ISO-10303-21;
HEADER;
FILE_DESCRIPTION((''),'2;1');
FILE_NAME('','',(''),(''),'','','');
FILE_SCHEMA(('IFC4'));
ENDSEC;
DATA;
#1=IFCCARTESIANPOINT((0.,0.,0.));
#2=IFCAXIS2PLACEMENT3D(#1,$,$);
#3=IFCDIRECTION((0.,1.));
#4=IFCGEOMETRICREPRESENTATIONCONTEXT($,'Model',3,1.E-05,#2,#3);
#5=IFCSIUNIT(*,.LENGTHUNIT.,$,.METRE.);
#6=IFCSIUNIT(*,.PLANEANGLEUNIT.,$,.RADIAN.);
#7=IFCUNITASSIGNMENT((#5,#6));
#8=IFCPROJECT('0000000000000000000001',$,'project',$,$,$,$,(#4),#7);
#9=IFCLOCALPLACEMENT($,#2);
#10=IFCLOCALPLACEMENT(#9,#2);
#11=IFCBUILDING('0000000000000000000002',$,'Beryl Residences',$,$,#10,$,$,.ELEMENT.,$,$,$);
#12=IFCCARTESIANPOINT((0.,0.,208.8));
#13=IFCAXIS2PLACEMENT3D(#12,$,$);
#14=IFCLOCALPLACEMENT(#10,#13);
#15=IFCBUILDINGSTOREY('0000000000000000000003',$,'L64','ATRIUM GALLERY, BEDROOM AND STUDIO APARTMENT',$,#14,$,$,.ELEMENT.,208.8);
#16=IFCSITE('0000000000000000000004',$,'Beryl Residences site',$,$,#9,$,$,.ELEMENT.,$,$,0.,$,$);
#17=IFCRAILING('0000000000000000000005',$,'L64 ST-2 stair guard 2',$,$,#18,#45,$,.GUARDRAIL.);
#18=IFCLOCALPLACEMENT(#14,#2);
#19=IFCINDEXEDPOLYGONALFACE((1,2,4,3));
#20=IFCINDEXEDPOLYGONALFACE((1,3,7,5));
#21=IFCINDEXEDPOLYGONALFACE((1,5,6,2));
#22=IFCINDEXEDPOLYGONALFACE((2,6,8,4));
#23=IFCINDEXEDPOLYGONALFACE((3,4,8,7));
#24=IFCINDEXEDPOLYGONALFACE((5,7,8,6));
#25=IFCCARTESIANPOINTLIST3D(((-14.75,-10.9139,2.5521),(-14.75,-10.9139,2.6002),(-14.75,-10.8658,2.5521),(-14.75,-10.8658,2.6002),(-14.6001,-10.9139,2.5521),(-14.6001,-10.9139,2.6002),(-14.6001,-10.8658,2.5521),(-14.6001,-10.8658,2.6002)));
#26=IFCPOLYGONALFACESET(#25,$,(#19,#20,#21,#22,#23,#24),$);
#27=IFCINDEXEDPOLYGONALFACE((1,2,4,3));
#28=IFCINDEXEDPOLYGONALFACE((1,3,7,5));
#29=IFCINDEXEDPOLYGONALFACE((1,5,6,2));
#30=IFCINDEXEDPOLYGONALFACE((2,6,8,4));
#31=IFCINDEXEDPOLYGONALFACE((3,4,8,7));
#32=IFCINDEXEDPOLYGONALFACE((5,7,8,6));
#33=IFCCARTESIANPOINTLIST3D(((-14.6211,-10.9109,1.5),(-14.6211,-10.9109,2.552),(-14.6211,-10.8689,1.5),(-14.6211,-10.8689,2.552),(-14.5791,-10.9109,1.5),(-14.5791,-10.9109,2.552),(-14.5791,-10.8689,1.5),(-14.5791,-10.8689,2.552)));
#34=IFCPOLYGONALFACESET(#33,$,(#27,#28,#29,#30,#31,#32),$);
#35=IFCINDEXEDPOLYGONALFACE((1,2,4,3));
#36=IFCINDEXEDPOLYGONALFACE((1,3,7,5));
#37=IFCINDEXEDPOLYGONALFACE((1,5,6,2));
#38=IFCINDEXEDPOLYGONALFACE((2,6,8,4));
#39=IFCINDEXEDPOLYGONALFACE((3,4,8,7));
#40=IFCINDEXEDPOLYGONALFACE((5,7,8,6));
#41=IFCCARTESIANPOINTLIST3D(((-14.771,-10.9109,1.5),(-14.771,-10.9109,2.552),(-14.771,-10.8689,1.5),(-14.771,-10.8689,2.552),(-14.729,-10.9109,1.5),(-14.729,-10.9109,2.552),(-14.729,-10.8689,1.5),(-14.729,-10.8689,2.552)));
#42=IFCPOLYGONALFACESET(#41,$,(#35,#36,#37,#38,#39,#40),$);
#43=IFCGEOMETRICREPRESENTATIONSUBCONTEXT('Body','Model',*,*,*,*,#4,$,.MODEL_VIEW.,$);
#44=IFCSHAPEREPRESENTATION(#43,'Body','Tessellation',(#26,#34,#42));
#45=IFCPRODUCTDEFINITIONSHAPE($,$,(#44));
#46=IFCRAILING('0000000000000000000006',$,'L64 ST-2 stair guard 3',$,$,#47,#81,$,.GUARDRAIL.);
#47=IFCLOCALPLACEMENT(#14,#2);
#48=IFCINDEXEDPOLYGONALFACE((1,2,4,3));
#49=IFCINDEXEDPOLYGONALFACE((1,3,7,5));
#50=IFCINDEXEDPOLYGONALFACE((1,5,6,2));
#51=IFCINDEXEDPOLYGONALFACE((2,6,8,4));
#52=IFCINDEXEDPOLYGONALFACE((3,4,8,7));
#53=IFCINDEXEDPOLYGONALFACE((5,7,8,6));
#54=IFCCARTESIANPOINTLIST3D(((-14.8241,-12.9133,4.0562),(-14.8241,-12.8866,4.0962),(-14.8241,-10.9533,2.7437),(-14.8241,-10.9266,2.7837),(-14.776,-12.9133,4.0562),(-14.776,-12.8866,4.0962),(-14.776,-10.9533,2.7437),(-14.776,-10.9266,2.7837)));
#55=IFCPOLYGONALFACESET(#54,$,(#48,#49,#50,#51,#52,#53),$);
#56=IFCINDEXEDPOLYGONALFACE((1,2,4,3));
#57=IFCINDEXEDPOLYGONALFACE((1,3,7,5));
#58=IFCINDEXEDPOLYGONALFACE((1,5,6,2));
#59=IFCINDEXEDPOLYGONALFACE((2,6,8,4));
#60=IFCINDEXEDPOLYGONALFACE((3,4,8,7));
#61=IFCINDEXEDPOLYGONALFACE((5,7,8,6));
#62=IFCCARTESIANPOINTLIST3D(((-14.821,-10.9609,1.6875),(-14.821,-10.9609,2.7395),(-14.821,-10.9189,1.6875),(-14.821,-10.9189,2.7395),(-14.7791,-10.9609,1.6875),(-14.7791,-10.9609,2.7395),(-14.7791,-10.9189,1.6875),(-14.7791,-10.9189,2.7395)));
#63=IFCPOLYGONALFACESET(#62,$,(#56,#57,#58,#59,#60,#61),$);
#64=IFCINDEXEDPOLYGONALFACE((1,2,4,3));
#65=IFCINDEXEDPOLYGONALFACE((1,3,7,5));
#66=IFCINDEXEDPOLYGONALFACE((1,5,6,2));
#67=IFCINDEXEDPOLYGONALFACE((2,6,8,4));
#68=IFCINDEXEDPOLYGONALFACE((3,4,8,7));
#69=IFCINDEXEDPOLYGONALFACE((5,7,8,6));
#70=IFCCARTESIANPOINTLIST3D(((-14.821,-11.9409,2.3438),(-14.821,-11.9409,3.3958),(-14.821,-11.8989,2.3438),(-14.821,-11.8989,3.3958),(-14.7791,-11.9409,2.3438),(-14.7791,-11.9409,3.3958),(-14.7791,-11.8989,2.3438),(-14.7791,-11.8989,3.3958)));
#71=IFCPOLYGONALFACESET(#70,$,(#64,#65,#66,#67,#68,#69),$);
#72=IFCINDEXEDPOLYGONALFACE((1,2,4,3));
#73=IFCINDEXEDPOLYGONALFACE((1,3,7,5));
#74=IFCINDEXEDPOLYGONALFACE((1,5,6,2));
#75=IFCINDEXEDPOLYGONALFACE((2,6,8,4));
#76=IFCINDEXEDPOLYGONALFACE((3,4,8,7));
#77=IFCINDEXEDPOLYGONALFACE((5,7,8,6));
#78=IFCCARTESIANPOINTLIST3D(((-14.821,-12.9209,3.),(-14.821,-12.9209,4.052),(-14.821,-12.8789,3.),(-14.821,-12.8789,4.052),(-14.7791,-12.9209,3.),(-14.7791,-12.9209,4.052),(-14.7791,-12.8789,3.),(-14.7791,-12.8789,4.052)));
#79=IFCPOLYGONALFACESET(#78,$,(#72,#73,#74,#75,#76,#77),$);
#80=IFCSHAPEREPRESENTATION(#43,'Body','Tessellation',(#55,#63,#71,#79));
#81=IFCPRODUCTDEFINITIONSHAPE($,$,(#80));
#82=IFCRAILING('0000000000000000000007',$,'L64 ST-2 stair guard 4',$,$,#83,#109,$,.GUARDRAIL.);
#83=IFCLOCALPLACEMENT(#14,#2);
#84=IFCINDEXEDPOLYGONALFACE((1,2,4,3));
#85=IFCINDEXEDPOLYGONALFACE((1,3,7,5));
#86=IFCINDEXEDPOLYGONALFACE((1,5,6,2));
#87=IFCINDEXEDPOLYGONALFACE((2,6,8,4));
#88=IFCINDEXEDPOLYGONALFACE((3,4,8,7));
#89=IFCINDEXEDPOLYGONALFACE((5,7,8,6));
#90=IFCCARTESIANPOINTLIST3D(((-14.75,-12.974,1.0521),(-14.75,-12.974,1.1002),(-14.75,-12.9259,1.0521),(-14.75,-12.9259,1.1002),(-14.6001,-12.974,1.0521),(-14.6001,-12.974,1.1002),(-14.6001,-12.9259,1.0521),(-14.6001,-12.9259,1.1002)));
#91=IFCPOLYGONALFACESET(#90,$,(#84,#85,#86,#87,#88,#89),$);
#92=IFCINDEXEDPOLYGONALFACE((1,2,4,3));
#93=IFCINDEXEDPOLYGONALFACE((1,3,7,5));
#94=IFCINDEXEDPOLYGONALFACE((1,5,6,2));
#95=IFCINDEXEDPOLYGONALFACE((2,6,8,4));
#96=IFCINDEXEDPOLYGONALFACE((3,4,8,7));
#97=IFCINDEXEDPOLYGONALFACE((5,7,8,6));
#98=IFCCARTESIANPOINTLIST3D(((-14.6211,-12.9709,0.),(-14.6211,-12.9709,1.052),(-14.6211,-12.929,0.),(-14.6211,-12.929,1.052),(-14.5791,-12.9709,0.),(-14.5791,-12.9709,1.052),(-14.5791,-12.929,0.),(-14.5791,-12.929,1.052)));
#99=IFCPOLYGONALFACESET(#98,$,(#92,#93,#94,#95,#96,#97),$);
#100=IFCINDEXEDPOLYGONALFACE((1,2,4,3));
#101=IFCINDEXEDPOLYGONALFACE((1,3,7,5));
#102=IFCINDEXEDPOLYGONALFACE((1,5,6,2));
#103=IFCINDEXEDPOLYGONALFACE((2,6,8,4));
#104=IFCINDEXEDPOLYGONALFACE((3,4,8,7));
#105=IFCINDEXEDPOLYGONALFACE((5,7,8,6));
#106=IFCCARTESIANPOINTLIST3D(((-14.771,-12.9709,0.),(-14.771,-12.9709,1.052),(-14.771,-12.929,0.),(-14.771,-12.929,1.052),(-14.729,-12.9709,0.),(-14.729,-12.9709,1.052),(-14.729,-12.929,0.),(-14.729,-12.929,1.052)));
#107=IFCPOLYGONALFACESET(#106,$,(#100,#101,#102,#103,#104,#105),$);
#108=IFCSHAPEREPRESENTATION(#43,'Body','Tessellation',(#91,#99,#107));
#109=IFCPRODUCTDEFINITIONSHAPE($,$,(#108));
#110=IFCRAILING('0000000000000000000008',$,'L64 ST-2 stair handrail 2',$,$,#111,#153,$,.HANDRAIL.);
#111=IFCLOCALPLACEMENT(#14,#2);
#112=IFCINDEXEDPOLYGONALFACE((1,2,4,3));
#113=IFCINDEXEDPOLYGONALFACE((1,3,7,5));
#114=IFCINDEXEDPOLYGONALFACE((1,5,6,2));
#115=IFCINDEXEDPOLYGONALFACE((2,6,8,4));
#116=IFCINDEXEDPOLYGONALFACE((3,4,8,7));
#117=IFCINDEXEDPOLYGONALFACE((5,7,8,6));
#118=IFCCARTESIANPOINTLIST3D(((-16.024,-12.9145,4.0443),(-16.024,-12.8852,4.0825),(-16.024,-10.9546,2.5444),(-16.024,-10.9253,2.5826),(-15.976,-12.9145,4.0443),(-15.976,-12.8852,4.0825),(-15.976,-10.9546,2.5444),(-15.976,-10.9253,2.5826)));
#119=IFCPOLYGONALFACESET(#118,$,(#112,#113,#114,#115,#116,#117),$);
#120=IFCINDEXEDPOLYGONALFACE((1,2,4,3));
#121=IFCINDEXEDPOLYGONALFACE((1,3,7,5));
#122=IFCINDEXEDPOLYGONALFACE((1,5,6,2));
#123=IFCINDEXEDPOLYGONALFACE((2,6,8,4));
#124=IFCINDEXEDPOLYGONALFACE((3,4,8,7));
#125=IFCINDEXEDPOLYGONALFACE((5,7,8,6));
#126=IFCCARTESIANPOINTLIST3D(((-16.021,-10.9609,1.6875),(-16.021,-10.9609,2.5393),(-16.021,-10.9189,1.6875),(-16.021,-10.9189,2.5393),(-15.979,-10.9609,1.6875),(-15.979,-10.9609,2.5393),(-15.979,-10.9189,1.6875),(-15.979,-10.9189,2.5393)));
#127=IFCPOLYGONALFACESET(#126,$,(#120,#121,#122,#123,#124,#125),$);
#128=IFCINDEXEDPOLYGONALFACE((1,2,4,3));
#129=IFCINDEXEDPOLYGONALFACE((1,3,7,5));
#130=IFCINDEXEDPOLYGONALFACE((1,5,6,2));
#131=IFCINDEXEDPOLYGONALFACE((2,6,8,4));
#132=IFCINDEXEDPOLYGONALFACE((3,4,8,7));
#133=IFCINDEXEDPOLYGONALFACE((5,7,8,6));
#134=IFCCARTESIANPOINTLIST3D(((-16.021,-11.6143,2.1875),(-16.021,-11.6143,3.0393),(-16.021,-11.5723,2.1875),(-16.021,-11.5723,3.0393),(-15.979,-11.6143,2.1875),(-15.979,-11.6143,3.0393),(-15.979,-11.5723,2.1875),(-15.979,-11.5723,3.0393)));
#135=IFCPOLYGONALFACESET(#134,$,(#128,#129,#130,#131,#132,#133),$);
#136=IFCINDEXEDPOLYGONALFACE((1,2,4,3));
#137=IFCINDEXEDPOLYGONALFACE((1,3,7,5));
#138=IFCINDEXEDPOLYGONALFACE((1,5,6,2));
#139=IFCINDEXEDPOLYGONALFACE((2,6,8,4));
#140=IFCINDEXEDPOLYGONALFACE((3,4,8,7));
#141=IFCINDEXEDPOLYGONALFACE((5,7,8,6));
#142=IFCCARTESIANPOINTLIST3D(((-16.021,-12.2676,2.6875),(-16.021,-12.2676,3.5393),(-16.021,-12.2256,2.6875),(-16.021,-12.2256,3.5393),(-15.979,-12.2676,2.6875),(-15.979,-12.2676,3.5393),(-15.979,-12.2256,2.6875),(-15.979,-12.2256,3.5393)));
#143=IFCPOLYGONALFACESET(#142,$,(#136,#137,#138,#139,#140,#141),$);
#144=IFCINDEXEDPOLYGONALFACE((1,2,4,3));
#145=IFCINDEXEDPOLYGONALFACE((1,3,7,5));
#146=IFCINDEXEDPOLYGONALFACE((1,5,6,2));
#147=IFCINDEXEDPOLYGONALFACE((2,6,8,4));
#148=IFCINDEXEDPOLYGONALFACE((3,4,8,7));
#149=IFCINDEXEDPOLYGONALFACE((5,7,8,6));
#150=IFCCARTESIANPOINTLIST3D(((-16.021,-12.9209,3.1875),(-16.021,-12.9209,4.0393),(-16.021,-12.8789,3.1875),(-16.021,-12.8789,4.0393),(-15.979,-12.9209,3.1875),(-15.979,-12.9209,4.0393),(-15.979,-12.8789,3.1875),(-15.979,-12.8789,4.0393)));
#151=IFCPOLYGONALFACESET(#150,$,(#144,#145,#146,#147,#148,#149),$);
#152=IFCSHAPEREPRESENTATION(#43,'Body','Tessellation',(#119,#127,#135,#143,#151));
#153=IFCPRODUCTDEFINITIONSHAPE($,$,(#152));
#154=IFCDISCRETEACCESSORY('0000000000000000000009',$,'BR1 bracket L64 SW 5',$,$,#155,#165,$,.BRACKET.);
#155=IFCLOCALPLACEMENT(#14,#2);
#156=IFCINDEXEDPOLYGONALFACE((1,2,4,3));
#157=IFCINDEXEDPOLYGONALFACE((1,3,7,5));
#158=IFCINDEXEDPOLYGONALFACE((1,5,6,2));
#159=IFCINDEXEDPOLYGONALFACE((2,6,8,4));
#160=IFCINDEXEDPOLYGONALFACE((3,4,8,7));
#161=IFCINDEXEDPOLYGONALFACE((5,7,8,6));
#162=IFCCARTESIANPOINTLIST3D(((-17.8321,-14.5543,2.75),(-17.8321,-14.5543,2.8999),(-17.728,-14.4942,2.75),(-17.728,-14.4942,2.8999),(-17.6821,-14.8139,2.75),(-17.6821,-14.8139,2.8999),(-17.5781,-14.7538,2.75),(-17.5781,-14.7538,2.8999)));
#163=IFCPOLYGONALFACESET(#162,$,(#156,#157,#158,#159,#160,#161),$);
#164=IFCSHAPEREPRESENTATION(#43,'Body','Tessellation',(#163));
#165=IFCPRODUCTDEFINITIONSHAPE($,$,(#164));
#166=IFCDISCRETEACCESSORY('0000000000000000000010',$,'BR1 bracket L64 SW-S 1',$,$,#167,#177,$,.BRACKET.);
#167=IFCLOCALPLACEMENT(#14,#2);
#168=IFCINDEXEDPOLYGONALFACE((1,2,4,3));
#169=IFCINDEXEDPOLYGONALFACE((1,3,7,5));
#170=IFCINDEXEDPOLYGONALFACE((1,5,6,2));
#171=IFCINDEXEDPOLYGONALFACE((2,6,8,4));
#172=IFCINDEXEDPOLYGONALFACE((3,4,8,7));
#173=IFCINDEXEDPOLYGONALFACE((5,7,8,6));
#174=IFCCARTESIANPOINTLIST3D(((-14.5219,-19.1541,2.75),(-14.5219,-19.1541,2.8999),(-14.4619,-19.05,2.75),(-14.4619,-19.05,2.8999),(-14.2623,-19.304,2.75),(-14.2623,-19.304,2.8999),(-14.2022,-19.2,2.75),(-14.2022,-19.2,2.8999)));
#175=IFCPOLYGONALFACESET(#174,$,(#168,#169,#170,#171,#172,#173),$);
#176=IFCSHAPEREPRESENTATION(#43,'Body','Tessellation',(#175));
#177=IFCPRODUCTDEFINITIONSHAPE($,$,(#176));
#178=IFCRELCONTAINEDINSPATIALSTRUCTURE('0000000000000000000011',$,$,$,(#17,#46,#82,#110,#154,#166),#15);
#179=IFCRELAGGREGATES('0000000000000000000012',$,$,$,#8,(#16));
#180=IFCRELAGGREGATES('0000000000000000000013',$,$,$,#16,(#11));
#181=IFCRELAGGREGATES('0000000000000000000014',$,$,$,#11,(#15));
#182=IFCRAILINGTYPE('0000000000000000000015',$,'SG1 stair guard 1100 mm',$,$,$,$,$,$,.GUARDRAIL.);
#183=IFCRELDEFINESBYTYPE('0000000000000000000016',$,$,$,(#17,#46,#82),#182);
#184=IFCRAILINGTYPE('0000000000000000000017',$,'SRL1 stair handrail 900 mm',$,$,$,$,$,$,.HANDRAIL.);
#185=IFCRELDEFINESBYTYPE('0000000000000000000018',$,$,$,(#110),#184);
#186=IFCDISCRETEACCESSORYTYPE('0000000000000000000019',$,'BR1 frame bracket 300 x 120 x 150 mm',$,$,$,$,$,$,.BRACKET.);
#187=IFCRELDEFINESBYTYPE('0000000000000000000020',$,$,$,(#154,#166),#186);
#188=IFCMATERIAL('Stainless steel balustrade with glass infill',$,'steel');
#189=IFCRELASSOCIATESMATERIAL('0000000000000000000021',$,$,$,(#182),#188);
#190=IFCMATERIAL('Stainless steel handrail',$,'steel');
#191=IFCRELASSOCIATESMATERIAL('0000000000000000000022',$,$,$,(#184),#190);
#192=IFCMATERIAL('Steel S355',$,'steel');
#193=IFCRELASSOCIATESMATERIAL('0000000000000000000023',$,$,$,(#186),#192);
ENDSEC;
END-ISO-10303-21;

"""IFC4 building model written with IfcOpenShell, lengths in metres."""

from ifc_helpers import new_model, si_unit, direction, frame, origin, origin_2d, place, context, subcontext, project, spatial, polyline, rectangle, outline, extrude, source, transform, mapped, material, type_object, type_shapes, element, save


model = new_model("IFC4")

# Units and contexts
model_context = context("Model", 3, precision=1e-05, world=origin(), true_north=direction((0.0, 1.0)))
body_context = subcontext(model_context, "Body", "Model", "MODEL_VIEW")
ifc_project = project(units=[si_unit("LENGTHUNIT", "METRE"), si_unit("PLANEANGLEUNIT", "RADIAN")], contexts=[model_context])

# Site, building, storey
site_placement = place(None, origin())
site = spatial("IfcSite", under=ifc_project, at=site_placement, Name="Beryl Residences site", CompositionType="ELEMENT", RefElevation=0.0)
building_placement = place(site_placement, origin())
building = spatial("IfcBuilding", under=site, at=building_placement, Name="Beryl Residences", CompositionType="ELEMENT")
storey_placement = place(building_placement, frame((0.0, 0.0, 208.8)))
storey = spatial("IfcBuildingStorey", under=building, at=storey_placement, Name="L64", Description="ATRIUM GALLERY, BEDROOM AND STUDIO APARTMENT", CompositionType="ELEMENT", Elevation=208.8)

# Railings
ifc_material_1 = material(Name="Stainless steel balustrade with glass infill", Category="steel")
railing_type_1 = type_object("IfcRailingType", Name="SG1 stair guard 1100 mm", PredefinedType="GUARDRAIL", material=ifc_material_1)
railing_1_placement = place(storey_placement, frame((-14.6001, -10.8899, 1.5)))
element("IfcRailing", 1, at=railing_1_placement, inside=storey, type_object=railing_type_1, Name="L64 ST-2 stair guard 2", PredefinedType="GUARDRAIL", context=body_context, shape_type="SweptSolid", body=[
    extrude(rectangle(XDim=0.0481, YDim=0.0481, at=origin_2d()), frame((0.0, 0.0, 1.0762), z_axis=(-1.0, 0.0, 0.0), x_axis=(0.0, -1.0, 0.0)), (0.0, 0.0, 1.0), 0.1499),
    extrude(rectangle(XDim=0.042, YDim=0.042, at=origin_2d()), origin(), (0.0, 0.0, 1.0), 1.052),
    extrude(rectangle(XDim=0.042, YDim=0.042, at=origin_2d()), frame((-0.1499, 0.0, 0.0)), (0.0, 0.0, 1.0), 1.052),
])
railing_2_placement = place(storey_placement, frame((-14.8, -10.9399, 1.6875)))
element("IfcRailing", 2, at=railing_2_placement, inside=storey, type_object=railing_type_1, Name="L64 ST-2 stair guard 3", PredefinedType="GUARDRAIL", context=body_context, shape_type="SweptSolid", body=[
    extrude(rectangle(XDim=0.0481, YDim=0.0481, at=origin_2d()), frame((0.0, 0.0, 1.0762), z_axis=(0.0, -0.830902, 0.556419), x_axis=(1.0, 0.0, 0.0)), (0.0, 0.0, 1.0), 2.3589),
    extrude(rectangle(XDim=0.042, YDim=0.042, at=origin_2d()), origin(), (0.0, 0.0, 1.0), 1.052),
    extrude(rectangle(XDim=0.042, YDim=0.042, at=origin_2d()), frame((0.0, -0.98, 0.6562)), (0.0, 0.0, 1.0), 1.052),
    extrude(rectangle(XDim=0.042, YDim=0.042, at=origin_2d()), frame((0.0, -1.96, 1.3125)), (0.0, 0.0, 1.0), 1.052),
])
railing_3_placement = place(storey_placement, frame((-14.6001, -12.95, 0.0)))
element("IfcRailing", 3, at=railing_3_placement, inside=storey, type_object=railing_type_1, Name="L64 ST-2 stair guard 4", PredefinedType="GUARDRAIL", context=body_context, shape_type="SweptSolid", body=[
    extrude(rectangle(XDim=0.0481, YDim=0.0481, at=origin_2d()), frame((0.0, 0.0, 1.0762), z_axis=(-1.0, 0.0, 0.0), x_axis=(0.0, -1.0, 0.0)), (0.0, 0.0, 1.0), 0.1499),
    extrude(rectangle(XDim=0.042, YDim=0.042, at=origin_2d()), origin(), (0.0, 0.0, 1.0), 1.052),
    extrude(rectangle(XDim=0.042, YDim=0.042, at=origin_2d()), frame((-0.1499, 0.0, 0.0)), (0.0, 0.0, 1.0), 1.052),
])
ifc_material_2 = material(Name="Stainless steel handrail", Category="steel")
railing_type_2 = type_object("IfcRailingType", Name="SRL1 stair handrail 900 mm", PredefinedType="HANDRAIL", material=ifc_material_2)
railing_4_placement = place(storey_placement, frame((-16.0, -10.9399, 1.6875)))
element("IfcRailing", 4, at=railing_4_placement, inside=storey, type_object=railing_type_2, Name="L64 ST-2 stair handrail 2", PredefinedType="HANDRAIL", context=body_context, shape_type="SweptSolid", body=[
    extrude(rectangle(XDim=0.0481, YDim=0.0481, at=origin_2d()), frame((0.0, 0.0, 0.876), z_axis=(0.0, -0.794122, 0.607758), x_axis=(1.0, 0.0, 0.0)), (0.0, 0.0, 1.0), 2.468),
    extrude(rectangle(XDim=0.042, YDim=0.042, at=origin_2d()), origin(), (0.0, 0.0, 1.0), 0.8518),
    extrude(rectangle(XDim=0.042, YDim=0.042, at=origin_2d()), frame((0.0, -0.6533, 0.5)), (0.0, 0.0, 1.0), 0.8518),
    extrude(rectangle(XDim=0.042, YDim=0.042, at=origin_2d()), frame((0.0, -1.3066, 1.0)), (0.0, 0.0, 1.0), 0.8518),
    extrude(rectangle(XDim=0.042, YDim=0.042, at=origin_2d()), frame((0.0, -1.96, 1.5)), (0.0, 0.0, 1.0), 0.8518),
])

# Discrete accessories
ifc_material_3 = material(Name="Steel S355", Category="steel")
discrete_accessory_type = type_object("IfcDiscreteAccessoryType", Name="BR1 frame bracket 300 x 120 x 150 mm", PredefinedType="BRACKET", material=ifc_material_3)
shared_shape_1 = source(origin(), body_context, "Body", "SweptSolid", [
    extrude(outline(polyline([(-0.1499, 0.0), (0.1499, 0.0), (0.1499, 0.1201), (-0.1499, 0.1201), (-0.1499, 0.0)])), origin(), (0.0, 0.0, 1.0), 0.1499),
])
type_shapes(discrete_accessory_type, [shared_shape_1])
for number, where, z_axis, x_axis, name in (
    (5, (-17.6531, -14.624, 2.75), (0.0, 0.0, 1.0), (-0.5, 0.866025, 0.0), "BR1 bracket L64 SW 5"),
    (6, (-14.332, -19.125, 2.75), (0.0, 0.0, 1.0), (-0.866025, 0.5, 0.0), "BR1 bracket L64 SW-S 1"),
):
    element("IfcDiscreteAccessory", number, at=place(storey_placement, frame(where, z_axis=z_axis, x_axis=x_axis)), inside=storey, type_object=discrete_accessory_type, Name=name, PredefinedType="BRACKET", context=body_context, shape_type="MappedRepresentation", body=[
        mapped(shared_shape_1, transform((0.0, 0.0, 0.0))),
    ])

save(model, "model.ifc")
